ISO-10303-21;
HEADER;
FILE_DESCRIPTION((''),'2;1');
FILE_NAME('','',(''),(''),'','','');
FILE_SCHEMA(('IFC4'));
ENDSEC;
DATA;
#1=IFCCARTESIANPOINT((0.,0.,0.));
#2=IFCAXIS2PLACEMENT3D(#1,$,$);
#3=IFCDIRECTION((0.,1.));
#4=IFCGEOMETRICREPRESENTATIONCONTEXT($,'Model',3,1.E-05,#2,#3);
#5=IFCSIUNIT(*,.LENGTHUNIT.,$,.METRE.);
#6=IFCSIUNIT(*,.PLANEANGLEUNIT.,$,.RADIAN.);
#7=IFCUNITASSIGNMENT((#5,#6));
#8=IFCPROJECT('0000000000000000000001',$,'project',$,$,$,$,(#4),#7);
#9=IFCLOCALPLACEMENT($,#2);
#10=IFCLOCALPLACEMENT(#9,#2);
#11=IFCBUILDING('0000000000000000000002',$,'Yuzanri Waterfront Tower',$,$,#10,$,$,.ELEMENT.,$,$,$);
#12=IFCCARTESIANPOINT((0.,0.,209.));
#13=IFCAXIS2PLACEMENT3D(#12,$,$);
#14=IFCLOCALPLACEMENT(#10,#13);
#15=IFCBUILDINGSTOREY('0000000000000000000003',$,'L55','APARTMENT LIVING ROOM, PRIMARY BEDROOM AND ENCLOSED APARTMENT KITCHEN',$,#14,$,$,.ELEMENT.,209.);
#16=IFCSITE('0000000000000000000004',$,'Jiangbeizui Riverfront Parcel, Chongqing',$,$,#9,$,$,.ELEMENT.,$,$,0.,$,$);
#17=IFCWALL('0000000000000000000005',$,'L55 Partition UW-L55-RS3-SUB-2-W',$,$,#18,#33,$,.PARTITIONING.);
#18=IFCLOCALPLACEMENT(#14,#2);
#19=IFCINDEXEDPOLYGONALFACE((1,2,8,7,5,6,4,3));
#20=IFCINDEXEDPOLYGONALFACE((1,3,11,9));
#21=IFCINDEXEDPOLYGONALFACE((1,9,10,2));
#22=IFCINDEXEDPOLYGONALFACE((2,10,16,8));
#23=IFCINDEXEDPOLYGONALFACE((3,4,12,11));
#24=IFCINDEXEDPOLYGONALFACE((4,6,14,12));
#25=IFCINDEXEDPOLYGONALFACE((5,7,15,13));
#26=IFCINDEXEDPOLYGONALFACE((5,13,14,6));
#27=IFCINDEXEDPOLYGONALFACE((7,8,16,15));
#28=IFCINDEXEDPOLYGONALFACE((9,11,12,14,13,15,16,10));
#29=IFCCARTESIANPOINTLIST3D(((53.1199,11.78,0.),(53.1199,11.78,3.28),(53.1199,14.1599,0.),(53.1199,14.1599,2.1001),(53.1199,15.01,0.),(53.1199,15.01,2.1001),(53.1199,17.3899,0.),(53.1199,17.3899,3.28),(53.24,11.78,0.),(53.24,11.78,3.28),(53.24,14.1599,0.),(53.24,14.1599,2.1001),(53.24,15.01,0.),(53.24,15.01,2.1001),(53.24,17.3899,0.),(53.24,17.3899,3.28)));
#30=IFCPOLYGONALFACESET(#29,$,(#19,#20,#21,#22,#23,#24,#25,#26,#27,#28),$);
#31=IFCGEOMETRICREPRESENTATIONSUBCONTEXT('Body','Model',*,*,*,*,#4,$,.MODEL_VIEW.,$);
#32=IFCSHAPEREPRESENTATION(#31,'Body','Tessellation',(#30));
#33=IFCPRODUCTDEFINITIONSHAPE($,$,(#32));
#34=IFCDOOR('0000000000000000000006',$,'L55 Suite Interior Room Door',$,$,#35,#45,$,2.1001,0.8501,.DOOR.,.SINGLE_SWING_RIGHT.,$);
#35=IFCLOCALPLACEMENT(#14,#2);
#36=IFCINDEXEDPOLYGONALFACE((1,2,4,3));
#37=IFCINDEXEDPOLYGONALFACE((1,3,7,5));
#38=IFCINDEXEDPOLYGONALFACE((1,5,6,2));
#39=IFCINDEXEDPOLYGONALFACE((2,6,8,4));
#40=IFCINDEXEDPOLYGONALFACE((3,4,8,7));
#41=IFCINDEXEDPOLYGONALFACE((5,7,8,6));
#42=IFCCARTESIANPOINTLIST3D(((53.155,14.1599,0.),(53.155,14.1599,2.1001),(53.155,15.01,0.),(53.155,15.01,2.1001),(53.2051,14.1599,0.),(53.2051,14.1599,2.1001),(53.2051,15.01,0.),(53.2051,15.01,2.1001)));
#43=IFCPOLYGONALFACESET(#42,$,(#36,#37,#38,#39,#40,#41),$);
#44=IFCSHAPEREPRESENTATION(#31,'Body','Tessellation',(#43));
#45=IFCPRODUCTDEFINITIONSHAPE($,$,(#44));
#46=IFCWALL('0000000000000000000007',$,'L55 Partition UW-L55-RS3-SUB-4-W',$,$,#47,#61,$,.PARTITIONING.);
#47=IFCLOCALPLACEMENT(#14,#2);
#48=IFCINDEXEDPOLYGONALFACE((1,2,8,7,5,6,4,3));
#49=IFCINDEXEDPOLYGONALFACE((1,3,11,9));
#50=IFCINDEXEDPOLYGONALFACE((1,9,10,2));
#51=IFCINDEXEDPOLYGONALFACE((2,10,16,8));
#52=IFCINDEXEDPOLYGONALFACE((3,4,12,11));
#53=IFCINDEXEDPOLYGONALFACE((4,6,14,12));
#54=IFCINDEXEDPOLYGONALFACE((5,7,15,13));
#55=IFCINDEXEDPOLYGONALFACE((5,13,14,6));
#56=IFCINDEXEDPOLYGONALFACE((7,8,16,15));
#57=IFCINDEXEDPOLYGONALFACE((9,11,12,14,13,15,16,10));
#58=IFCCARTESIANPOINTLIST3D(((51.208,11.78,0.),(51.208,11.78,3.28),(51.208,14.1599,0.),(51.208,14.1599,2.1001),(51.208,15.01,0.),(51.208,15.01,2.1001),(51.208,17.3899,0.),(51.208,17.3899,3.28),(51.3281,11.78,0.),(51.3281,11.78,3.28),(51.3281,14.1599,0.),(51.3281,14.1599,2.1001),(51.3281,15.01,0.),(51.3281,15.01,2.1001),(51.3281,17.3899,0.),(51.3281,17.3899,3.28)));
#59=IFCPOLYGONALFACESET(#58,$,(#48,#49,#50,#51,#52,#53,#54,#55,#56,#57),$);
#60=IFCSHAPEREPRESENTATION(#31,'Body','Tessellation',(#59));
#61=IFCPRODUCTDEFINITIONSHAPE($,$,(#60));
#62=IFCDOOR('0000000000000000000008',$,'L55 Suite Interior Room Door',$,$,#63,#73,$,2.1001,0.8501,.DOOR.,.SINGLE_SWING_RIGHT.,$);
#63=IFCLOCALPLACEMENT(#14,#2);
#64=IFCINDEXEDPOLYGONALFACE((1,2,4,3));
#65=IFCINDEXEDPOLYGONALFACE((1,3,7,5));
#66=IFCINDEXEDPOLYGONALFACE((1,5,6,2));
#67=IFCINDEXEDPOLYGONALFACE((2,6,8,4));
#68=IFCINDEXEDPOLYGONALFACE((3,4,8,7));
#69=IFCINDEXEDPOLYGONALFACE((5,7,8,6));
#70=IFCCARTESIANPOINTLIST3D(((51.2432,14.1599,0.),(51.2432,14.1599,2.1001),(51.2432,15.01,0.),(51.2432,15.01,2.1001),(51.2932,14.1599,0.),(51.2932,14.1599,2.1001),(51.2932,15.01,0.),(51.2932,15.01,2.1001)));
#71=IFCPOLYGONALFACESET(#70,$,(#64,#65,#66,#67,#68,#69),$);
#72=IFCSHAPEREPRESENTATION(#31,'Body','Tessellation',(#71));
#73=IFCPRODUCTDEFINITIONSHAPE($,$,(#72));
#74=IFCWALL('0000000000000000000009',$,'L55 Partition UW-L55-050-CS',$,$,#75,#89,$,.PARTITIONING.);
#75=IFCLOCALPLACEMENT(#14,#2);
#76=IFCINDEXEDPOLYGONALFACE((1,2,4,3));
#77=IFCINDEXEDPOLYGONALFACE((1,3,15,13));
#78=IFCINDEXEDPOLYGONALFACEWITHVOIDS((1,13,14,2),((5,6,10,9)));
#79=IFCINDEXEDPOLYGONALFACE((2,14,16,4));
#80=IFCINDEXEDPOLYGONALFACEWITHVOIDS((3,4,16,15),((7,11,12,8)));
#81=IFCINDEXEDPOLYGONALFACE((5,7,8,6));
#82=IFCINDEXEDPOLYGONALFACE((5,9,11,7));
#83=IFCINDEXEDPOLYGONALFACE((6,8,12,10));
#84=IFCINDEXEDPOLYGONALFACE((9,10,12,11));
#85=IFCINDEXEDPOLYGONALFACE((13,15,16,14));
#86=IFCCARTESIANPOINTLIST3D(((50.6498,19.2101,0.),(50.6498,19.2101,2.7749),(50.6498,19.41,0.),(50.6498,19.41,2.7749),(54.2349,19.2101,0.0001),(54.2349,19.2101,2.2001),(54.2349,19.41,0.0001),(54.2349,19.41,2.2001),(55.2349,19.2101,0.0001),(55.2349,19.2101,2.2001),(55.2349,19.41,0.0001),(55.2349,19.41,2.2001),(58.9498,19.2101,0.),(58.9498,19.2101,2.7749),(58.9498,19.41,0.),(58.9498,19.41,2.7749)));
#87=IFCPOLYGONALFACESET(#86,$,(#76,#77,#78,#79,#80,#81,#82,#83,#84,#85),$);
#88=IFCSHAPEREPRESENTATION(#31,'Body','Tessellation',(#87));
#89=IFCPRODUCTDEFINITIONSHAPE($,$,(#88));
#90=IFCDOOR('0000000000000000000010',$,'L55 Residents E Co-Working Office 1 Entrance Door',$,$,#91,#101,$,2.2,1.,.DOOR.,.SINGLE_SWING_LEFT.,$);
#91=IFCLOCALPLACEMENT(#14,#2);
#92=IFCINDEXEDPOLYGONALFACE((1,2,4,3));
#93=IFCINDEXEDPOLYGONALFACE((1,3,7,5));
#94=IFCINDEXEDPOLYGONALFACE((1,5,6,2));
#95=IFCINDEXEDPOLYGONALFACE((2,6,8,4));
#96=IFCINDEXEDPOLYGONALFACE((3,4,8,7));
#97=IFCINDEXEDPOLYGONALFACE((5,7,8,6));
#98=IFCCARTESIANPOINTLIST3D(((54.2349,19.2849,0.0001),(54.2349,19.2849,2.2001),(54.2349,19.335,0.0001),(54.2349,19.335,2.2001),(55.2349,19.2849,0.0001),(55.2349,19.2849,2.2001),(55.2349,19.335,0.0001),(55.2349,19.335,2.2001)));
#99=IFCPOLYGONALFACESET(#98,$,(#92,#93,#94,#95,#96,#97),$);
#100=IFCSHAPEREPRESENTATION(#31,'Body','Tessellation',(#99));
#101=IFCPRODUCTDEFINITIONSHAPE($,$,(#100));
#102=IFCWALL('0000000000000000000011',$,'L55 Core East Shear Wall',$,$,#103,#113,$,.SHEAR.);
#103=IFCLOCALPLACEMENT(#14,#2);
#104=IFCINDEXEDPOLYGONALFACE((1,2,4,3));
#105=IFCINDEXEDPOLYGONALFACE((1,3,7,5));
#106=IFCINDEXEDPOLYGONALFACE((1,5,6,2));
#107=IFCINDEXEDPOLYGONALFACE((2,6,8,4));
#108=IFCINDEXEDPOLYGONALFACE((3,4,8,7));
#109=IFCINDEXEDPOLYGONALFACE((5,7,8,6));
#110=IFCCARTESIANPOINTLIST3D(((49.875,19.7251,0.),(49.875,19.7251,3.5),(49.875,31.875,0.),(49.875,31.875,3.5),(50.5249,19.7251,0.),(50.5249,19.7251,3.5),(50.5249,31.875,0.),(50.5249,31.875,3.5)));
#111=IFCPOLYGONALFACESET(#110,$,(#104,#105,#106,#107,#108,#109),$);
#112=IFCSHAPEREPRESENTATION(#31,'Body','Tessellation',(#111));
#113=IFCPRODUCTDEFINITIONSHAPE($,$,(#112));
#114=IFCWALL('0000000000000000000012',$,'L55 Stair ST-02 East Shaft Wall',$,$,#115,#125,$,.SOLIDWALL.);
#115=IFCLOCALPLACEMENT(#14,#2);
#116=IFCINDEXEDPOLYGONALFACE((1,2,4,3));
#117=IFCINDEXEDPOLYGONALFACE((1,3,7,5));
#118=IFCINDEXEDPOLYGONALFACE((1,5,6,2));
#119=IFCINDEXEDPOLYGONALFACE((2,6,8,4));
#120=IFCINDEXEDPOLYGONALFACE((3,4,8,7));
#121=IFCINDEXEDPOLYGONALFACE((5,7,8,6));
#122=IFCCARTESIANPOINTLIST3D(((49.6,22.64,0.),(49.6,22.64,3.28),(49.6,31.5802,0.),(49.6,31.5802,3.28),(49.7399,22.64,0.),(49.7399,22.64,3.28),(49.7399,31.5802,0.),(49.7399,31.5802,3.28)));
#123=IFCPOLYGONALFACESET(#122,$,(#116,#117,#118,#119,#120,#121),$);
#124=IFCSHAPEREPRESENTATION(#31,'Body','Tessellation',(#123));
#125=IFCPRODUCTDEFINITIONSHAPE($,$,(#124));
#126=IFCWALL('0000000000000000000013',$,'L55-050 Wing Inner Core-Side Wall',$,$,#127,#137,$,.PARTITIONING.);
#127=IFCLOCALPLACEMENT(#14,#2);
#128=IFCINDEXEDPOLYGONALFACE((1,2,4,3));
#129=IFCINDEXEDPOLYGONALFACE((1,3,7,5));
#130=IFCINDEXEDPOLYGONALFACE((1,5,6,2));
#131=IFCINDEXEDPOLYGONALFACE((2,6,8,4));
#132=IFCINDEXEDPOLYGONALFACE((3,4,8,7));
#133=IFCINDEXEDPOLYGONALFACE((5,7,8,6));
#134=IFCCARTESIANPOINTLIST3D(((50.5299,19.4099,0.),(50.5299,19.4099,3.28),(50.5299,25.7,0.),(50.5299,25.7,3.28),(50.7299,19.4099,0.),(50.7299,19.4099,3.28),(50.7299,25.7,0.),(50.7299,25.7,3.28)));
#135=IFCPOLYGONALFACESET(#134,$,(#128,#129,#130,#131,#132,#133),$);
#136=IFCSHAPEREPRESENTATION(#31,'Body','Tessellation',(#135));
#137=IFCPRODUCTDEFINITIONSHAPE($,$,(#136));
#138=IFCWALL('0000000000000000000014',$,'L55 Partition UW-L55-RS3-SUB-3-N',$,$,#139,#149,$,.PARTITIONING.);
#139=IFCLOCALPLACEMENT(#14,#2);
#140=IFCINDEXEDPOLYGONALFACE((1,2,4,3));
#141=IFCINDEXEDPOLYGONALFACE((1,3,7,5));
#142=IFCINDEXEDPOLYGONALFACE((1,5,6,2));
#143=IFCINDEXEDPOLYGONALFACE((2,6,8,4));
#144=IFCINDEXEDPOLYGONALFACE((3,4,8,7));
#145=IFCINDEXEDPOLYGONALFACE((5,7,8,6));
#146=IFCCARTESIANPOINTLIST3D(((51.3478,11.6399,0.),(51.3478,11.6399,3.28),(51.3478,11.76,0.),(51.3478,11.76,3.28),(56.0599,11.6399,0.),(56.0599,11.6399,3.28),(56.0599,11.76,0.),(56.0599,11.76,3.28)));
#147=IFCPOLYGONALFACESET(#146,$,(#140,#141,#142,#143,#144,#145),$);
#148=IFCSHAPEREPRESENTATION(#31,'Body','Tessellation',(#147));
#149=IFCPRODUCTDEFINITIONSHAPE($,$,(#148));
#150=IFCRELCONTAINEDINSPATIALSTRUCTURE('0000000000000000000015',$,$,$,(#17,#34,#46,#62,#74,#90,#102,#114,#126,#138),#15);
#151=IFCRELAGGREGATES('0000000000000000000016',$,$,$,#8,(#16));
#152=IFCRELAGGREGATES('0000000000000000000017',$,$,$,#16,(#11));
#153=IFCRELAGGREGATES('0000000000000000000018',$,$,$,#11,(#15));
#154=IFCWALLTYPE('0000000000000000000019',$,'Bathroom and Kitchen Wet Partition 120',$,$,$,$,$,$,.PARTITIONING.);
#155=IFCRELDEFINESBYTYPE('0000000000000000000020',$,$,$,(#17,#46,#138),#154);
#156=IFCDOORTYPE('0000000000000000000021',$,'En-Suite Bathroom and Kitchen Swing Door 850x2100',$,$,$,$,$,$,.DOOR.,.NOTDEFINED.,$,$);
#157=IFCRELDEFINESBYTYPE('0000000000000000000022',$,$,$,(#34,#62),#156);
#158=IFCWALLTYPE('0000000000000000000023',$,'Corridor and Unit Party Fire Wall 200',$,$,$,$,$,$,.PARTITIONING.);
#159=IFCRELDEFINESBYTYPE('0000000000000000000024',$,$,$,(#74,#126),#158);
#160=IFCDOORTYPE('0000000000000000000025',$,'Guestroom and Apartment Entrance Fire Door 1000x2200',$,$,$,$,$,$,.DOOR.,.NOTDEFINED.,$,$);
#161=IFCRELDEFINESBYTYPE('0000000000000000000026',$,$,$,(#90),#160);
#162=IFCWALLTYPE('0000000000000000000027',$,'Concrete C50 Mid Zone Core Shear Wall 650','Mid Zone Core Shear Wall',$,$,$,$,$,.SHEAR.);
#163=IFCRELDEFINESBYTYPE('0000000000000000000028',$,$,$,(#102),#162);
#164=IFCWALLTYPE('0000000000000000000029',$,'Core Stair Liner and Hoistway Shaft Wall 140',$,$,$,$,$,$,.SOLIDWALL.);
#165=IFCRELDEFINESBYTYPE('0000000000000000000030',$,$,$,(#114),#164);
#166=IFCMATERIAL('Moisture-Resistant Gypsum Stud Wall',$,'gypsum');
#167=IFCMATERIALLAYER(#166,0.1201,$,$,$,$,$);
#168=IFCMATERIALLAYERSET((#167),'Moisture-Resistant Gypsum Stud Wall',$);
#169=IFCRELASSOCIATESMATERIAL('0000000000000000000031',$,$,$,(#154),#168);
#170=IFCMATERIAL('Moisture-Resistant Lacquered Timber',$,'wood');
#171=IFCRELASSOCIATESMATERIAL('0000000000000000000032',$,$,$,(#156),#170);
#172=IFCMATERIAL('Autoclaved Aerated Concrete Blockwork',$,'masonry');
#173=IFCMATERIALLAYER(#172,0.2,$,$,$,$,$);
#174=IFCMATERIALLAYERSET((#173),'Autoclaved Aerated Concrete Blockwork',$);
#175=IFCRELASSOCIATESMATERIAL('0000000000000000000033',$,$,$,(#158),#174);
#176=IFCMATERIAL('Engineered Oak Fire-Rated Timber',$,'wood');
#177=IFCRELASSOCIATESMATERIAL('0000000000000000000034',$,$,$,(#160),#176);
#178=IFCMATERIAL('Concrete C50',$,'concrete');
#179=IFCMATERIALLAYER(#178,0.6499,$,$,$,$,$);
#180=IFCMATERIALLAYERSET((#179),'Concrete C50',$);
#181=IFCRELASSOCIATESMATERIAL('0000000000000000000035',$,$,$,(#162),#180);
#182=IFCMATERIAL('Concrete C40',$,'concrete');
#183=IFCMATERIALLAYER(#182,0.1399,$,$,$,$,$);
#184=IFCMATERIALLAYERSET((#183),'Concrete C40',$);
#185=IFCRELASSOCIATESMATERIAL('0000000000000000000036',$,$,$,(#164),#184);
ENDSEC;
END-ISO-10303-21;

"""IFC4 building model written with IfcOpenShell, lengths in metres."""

from ifc_helpers import new_model, si_unit, direction, frame, frame_2d, origin, place, context, subcontext, project, spatial, rectangle, extrude, source, transform, mapped, material, layer, layer_set, type_object, element, fill, save


model = new_model("IFC4")

# Units and contexts
model_context = context("Model", 3, precision=1e-05, world=origin(), true_north=direction((0.0, 1.0)))
body_context = subcontext(model_context, "Body", "Model", "MODEL_VIEW")
ifc_project = project(units=[si_unit("LENGTHUNIT", "METRE"), si_unit("PLANEANGLEUNIT", "RADIAN")], contexts=[model_context])

# Site, building, storey
site_placement = place(None, origin())
site = spatial("IfcSite", under=ifc_project, at=site_placement, Name="Jiangbeizui Riverfront Parcel, Chongqing", CompositionType="ELEMENT", RefElevation=0.0)
building_placement = place(site_placement, origin())
building = spatial("IfcBuilding", under=site, at=building_placement, Name="Yuzanri Waterfront Tower", CompositionType="ELEMENT")
storey_placement = place(building_placement, frame((0.0, 0.0, 209.0)))
storey = spatial("IfcBuildingStorey", under=building, at=storey_placement, Name="L55", Description="APARTMENT LIVING ROOM, PRIMARY BEDROOM AND ENCLOSED APARTMENT KITCHEN", CompositionType="ELEMENT", Elevation=209.0)

# Walls, openings, doors
ifc_material_1 = material(Name="Moisture-Resistant Gypsum Stud Wall", Category="gypsum")
ifc_layer_1 = layer(ifc_material_1, 0.1201)
ifc_layer_set_1 = layer_set([ifc_layer_1], Name="Moisture-Resistant Gypsum Stud Wall")
wall_type_1 = type_object("IfcWallType", Name="Bathroom and Kitchen Wet Partition 120", PredefinedType="PARTITIONING", material=ifc_layer_set_1)
wall_1_placement = place(storey_placement, frame((53.1799, 11.78, 0.0), z_axis=(0.0, 0.0, 1.0), x_axis=(0.0, 1.0, 0.0)))
wall_1 = element("IfcWall", 1, at=wall_1_placement, inside=storey, type_object=wall_type_1, Name="L55 Partition UW-L55-RS3-SUB-2-W", PredefinedType="PARTITIONING", context=body_context, shape_type="SweptSolid", body=[
    extrude(rectangle(XDim=5.6099, YDim=0.1201, at=frame_2d((2.8049, 0.0))), origin(), (0.0, 0.0, 1.0), 3.28),
])
opening_1_placement = place(wall_1_placement, frame((2.3799, 0.0, 0.0)))
opening_1 = element("IfcOpeningElement", 2, at=opening_1_placement, cuts=wall_1, PredefinedType="OPENING", context=body_context, shape_type="SweptSolid", body=[
    extrude(rectangle(XDim=0.8501, YDim=2.1001, at=frame_2d((0.425, 1.05))), frame((0.0, 0.075, 0.0), z_axis=(0.0, -1.0, 0.0), x_axis=(1.0, 0.0, 0.0)), (0.0, 0.0, 1.0), 0.1499),
])
ifc_material_2 = material(Name="Moisture-Resistant Lacquered Timber", Category="wood")
door_type_1 = type_object("IfcDoorType", Name="En-Suite Bathroom and Kitchen Swing Door 850x2100", OperationType="NOTDEFINED", PredefinedType="DOOR", material=ifc_material_2)
shared_shape_1 = source(origin(), body_context, "Body", "SweptSolid", [
    extrude(rectangle(XDim=0.8501, YDim=2.1001, at=frame_2d((0.425, 1.05))), frame((0.0, 0.0249, 0.0), z_axis=(0.0, -1.0, 0.0), x_axis=(1.0, 0.0, 0.0)), (0.0, 0.0, 1.0), 0.05),
])
door_1_placement = place(opening_1_placement, origin())
door_1 = element("IfcDoor", 3, at=door_1_placement, inside=storey, type_object=door_type_1, Name="L55 Suite Interior Room Door", OperationType="SINGLE_SWING_RIGHT", OverallHeight=2.1001, OverallWidth=0.8501, PredefinedType="DOOR", context=body_context, shape_type="MappedRepresentation", body=[
    mapped(shared_shape_1, transform((0.0, 0.0, 0.0), scale=1.0)),
])
fill(opening_1, door_1)
wall_2_placement = place(storey_placement, frame((51.2681, 11.78, 0.0), z_axis=(0.0, 0.0, 1.0), x_axis=(0.0, 1.0, 0.0)))
wall_2 = element("IfcWall", 4, at=wall_2_placement, inside=storey, type_object=wall_type_1, Name="L55 Partition UW-L55-RS3-SUB-4-W", PredefinedType="PARTITIONING", context=body_context, shape_type="SweptSolid", body=[
    extrude(rectangle(XDim=5.6099, YDim=0.1201, at=frame_2d((2.8049, 0.0))), origin(), (0.0, 0.0, 1.0), 3.28),
])
opening_2_placement = place(wall_2_placement, frame((2.3799, 0.0, 0.0)))
opening_2 = element("IfcOpeningElement", 5, at=opening_2_placement, cuts=wall_2, PredefinedType="OPENING", context=body_context, shape_type="SweptSolid", body=[
    extrude(rectangle(XDim=0.8501, YDim=2.1001, at=frame_2d((0.425, 1.05))), frame((0.0, 0.075, 0.0), z_axis=(0.0, -1.0, 0.0), x_axis=(1.0, 0.0, 0.0)), (0.0, 0.0, 1.0), 0.1499),
])
door_2_placement = place(opening_2_placement, origin())
door_2 = element("IfcDoor", 6, at=door_2_placement, inside=storey, type_object=door_type_1, Name="L55 Suite Interior Room Door", OperationType="SINGLE_SWING_RIGHT", OverallHeight=2.1001, OverallWidth=0.8501, PredefinedType="DOOR", context=body_context, shape_type="MappedRepresentation", body=[
    mapped(shared_shape_1, transform((0.0, 0.0, 0.0), scale=1.0)),
])
fill(opening_2, door_2)
ifc_material_3 = material(Name="Autoclaved Aerated Concrete Blockwork", Category="masonry")
ifc_layer_2 = layer(ifc_material_3, 0.2)
ifc_layer_set_2 = layer_set([ifc_layer_2], Name="Autoclaved Aerated Concrete Blockwork")
wall_type_2 = type_object("IfcWallType", Name="Corridor and Unit Party Fire Wall 200", PredefinedType="PARTITIONING", material=ifc_layer_set_2)
wall_3_placement = place(storey_placement, frame((50.6499, 19.3101, 0.0), z_axis=(0.0, 0.0, 1.0), x_axis=(1.0, 0.0, 0.0)))
wall_3 = element("IfcWall", 7, at=wall_3_placement, inside=storey, type_object=wall_type_2, Name="L55 Partition UW-L55-050-CS", PredefinedType="PARTITIONING", context=body_context, shape_type="SweptSolid", body=[
    extrude(rectangle(XDim=8.3, YDim=0.2, at=frame_2d((4.1499, 0.0))), origin(), (0.0, 0.0, 1.0), 2.7749),
])
opening_3_placement = place(wall_3_placement, frame((3.585, 0.0, 0.0)))
opening_3 = element("IfcOpeningElement", 8, at=opening_3_placement, cuts=wall_3, PredefinedType="OPENING", context=body_context, shape_type="SweptSolid", body=[
    extrude(rectangle(XDim=1.0, YDim=2.2, at=frame_2d((0.5, 1.1001))), frame((0.0, 0.1147, 0.0), z_axis=(0.0, -1.0, 0.0), x_axis=(1.0, 0.0, 0.0)), (0.0, 0.0, 1.0), 0.2297),
])
ifc_material_4 = material(Name="Engineered Oak Fire-Rated Timber", Category="wood")
door_type_2 = type_object("IfcDoorType", Name="Guestroom and Apartment Entrance Fire Door 1000x2200", OperationType="NOTDEFINED", PredefinedType="DOOR", material=ifc_material_4)
shared_shape_2 = source(origin(), body_context, "Body", "SweptSolid", [
    extrude(rectangle(XDim=1.0, YDim=2.2, at=frame_2d((0.5, 1.1001))), frame((0.0, 0.0249, 0.0), z_axis=(0.0, -1.0, 0.0), x_axis=(1.0, 0.0, 0.0)), (0.0, 0.0, 1.0), 0.05),
])
door_3_placement = place(opening_3_placement, origin())
door_3 = element("IfcDoor", 9, at=door_3_placement, inside=storey, type_object=door_type_2, Name="L55 Residents E Co-Working Office 1 Entrance Door", OperationType="SINGLE_SWING_LEFT", OverallHeight=2.2, OverallWidth=1.0, PredefinedType="DOOR", context=body_context, shape_type="MappedRepresentation", body=[
    mapped(shared_shape_2, transform((0.0, 0.0, 0.0), scale=1.0)),
])
fill(opening_3, door_3)

# Walls
ifc_material_5 = material(Name="Concrete C50", Category="concrete")
ifc_layer_3 = layer(ifc_material_5, 0.6499)
ifc_layer_set_3 = layer_set([ifc_layer_3], Name="Concrete C50")
wall_type_3 = type_object("IfcWallType", Name="Concrete C50 Mid Zone Core Shear Wall 650", Description="Mid Zone Core Shear Wall", PredefinedType="SHEAR", material=ifc_layer_set_3)
shared_shape_3 = source(origin(), body_context, "Body", "SweptSolid", [
    extrude(rectangle(XDim=12.1499, YDim=0.6499, at=frame_2d((6.075, 0.0))), origin(), (0.0, 0.0, 1.0), 3.5),
])
wall_4_placement = place(storey_placement, frame((50.2, 19.7251, 0.0), z_axis=(0.0, 0.0, 1.0), x_axis=(0.0, 1.0, 0.0)))
element("IfcWall", 10, at=wall_4_placement, inside=storey, type_object=wall_type_3, Name="L55 Core East Shear Wall", PredefinedType="SHEAR", context=body_context, shape_type="MappedRepresentation", body=[
    mapped(shared_shape_3, transform((0.0, 0.0, 0.0), scale=1.0)),
])
ifc_material_6 = material(Name="Concrete C40", Category="concrete")
ifc_layer_4 = layer(ifc_material_6, 0.1399)
ifc_layer_set_4 = layer_set([ifc_layer_4], Name="Concrete C40")
wall_type_4 = type_object("IfcWallType", Name="Core Stair Liner and Hoistway Shaft Wall 140", PredefinedType="SOLIDWALL", material=ifc_layer_set_4)
shared_shape_4 = source(origin(), body_context, "Body", "SweptSolid", [
    extrude(rectangle(XDim=8.9402, YDim=0.1399, at=frame_2d((4.4702, 0.0))), origin(), (0.0, 0.0, 1.0), 3.28),
])
wall_5_placement = place(storey_placement, frame((49.6699, 22.6399, 0.0), z_axis=(0.0, 0.0, 1.0), x_axis=(0.0, 1.0, 0.0)))
element("IfcWall", 11, at=wall_5_placement, inside=storey, type_object=wall_type_4, Name="L55 Stair ST-02 East Shaft Wall", PredefinedType="SOLIDWALL", context=body_context, shape_type="MappedRepresentation", body=[
    mapped(shared_shape_4, transform((0.0, 0.0, 0.0), scale=1.0)),
])
shared_shape_5 = source(origin(), body_context, "Body", "SweptSolid", [
    extrude(rectangle(XDim=6.29, YDim=0.2, at=frame_2d((3.145, 0.0))), origin(), (0.0, 0.0, 1.0), 3.28),
])
wall_6_placement = place(storey_placement, frame((50.6299, 19.4099, 0.0), z_axis=(0.0, 0.0, 1.0), x_axis=(0.0, 1.0, 0.0)))
element("IfcWall", 12, at=wall_6_placement, inside=storey, type_object=wall_type_2, Name="L55-050 Wing Inner Core-Side Wall", PredefinedType="PARTITIONING", context=body_context, shape_type="MappedRepresentation", body=[
    mapped(shared_shape_5, transform((0.0, 0.0, 0.0), scale=1.0)),
])
shared_shape_6 = source(origin(), body_context, "Body", "SweptSolid", [
    extrude(rectangle(XDim=4.7122, YDim=0.1201, at=frame_2d((2.356, 0.0))), origin(), (0.0, 0.0, 1.0), 3.28),
])
wall_7_placement = place(storey_placement, frame((51.3479, 11.7, 0.0), z_axis=(0.0, 0.0, 1.0), x_axis=(1.0, 0.0, 0.0)))
element("IfcWall", 13, at=wall_7_placement, inside=storey, type_object=wall_type_1, Name="L55 Partition UW-L55-RS3-SUB-3-N", PredefinedType="PARTITIONING", context=body_context, shape_type="MappedRepresentation", body=[
    mapped(shared_shape_6, transform((0.0, 0.0, 0.0), scale=1.0)),
])

save(model, "model.ifc")
